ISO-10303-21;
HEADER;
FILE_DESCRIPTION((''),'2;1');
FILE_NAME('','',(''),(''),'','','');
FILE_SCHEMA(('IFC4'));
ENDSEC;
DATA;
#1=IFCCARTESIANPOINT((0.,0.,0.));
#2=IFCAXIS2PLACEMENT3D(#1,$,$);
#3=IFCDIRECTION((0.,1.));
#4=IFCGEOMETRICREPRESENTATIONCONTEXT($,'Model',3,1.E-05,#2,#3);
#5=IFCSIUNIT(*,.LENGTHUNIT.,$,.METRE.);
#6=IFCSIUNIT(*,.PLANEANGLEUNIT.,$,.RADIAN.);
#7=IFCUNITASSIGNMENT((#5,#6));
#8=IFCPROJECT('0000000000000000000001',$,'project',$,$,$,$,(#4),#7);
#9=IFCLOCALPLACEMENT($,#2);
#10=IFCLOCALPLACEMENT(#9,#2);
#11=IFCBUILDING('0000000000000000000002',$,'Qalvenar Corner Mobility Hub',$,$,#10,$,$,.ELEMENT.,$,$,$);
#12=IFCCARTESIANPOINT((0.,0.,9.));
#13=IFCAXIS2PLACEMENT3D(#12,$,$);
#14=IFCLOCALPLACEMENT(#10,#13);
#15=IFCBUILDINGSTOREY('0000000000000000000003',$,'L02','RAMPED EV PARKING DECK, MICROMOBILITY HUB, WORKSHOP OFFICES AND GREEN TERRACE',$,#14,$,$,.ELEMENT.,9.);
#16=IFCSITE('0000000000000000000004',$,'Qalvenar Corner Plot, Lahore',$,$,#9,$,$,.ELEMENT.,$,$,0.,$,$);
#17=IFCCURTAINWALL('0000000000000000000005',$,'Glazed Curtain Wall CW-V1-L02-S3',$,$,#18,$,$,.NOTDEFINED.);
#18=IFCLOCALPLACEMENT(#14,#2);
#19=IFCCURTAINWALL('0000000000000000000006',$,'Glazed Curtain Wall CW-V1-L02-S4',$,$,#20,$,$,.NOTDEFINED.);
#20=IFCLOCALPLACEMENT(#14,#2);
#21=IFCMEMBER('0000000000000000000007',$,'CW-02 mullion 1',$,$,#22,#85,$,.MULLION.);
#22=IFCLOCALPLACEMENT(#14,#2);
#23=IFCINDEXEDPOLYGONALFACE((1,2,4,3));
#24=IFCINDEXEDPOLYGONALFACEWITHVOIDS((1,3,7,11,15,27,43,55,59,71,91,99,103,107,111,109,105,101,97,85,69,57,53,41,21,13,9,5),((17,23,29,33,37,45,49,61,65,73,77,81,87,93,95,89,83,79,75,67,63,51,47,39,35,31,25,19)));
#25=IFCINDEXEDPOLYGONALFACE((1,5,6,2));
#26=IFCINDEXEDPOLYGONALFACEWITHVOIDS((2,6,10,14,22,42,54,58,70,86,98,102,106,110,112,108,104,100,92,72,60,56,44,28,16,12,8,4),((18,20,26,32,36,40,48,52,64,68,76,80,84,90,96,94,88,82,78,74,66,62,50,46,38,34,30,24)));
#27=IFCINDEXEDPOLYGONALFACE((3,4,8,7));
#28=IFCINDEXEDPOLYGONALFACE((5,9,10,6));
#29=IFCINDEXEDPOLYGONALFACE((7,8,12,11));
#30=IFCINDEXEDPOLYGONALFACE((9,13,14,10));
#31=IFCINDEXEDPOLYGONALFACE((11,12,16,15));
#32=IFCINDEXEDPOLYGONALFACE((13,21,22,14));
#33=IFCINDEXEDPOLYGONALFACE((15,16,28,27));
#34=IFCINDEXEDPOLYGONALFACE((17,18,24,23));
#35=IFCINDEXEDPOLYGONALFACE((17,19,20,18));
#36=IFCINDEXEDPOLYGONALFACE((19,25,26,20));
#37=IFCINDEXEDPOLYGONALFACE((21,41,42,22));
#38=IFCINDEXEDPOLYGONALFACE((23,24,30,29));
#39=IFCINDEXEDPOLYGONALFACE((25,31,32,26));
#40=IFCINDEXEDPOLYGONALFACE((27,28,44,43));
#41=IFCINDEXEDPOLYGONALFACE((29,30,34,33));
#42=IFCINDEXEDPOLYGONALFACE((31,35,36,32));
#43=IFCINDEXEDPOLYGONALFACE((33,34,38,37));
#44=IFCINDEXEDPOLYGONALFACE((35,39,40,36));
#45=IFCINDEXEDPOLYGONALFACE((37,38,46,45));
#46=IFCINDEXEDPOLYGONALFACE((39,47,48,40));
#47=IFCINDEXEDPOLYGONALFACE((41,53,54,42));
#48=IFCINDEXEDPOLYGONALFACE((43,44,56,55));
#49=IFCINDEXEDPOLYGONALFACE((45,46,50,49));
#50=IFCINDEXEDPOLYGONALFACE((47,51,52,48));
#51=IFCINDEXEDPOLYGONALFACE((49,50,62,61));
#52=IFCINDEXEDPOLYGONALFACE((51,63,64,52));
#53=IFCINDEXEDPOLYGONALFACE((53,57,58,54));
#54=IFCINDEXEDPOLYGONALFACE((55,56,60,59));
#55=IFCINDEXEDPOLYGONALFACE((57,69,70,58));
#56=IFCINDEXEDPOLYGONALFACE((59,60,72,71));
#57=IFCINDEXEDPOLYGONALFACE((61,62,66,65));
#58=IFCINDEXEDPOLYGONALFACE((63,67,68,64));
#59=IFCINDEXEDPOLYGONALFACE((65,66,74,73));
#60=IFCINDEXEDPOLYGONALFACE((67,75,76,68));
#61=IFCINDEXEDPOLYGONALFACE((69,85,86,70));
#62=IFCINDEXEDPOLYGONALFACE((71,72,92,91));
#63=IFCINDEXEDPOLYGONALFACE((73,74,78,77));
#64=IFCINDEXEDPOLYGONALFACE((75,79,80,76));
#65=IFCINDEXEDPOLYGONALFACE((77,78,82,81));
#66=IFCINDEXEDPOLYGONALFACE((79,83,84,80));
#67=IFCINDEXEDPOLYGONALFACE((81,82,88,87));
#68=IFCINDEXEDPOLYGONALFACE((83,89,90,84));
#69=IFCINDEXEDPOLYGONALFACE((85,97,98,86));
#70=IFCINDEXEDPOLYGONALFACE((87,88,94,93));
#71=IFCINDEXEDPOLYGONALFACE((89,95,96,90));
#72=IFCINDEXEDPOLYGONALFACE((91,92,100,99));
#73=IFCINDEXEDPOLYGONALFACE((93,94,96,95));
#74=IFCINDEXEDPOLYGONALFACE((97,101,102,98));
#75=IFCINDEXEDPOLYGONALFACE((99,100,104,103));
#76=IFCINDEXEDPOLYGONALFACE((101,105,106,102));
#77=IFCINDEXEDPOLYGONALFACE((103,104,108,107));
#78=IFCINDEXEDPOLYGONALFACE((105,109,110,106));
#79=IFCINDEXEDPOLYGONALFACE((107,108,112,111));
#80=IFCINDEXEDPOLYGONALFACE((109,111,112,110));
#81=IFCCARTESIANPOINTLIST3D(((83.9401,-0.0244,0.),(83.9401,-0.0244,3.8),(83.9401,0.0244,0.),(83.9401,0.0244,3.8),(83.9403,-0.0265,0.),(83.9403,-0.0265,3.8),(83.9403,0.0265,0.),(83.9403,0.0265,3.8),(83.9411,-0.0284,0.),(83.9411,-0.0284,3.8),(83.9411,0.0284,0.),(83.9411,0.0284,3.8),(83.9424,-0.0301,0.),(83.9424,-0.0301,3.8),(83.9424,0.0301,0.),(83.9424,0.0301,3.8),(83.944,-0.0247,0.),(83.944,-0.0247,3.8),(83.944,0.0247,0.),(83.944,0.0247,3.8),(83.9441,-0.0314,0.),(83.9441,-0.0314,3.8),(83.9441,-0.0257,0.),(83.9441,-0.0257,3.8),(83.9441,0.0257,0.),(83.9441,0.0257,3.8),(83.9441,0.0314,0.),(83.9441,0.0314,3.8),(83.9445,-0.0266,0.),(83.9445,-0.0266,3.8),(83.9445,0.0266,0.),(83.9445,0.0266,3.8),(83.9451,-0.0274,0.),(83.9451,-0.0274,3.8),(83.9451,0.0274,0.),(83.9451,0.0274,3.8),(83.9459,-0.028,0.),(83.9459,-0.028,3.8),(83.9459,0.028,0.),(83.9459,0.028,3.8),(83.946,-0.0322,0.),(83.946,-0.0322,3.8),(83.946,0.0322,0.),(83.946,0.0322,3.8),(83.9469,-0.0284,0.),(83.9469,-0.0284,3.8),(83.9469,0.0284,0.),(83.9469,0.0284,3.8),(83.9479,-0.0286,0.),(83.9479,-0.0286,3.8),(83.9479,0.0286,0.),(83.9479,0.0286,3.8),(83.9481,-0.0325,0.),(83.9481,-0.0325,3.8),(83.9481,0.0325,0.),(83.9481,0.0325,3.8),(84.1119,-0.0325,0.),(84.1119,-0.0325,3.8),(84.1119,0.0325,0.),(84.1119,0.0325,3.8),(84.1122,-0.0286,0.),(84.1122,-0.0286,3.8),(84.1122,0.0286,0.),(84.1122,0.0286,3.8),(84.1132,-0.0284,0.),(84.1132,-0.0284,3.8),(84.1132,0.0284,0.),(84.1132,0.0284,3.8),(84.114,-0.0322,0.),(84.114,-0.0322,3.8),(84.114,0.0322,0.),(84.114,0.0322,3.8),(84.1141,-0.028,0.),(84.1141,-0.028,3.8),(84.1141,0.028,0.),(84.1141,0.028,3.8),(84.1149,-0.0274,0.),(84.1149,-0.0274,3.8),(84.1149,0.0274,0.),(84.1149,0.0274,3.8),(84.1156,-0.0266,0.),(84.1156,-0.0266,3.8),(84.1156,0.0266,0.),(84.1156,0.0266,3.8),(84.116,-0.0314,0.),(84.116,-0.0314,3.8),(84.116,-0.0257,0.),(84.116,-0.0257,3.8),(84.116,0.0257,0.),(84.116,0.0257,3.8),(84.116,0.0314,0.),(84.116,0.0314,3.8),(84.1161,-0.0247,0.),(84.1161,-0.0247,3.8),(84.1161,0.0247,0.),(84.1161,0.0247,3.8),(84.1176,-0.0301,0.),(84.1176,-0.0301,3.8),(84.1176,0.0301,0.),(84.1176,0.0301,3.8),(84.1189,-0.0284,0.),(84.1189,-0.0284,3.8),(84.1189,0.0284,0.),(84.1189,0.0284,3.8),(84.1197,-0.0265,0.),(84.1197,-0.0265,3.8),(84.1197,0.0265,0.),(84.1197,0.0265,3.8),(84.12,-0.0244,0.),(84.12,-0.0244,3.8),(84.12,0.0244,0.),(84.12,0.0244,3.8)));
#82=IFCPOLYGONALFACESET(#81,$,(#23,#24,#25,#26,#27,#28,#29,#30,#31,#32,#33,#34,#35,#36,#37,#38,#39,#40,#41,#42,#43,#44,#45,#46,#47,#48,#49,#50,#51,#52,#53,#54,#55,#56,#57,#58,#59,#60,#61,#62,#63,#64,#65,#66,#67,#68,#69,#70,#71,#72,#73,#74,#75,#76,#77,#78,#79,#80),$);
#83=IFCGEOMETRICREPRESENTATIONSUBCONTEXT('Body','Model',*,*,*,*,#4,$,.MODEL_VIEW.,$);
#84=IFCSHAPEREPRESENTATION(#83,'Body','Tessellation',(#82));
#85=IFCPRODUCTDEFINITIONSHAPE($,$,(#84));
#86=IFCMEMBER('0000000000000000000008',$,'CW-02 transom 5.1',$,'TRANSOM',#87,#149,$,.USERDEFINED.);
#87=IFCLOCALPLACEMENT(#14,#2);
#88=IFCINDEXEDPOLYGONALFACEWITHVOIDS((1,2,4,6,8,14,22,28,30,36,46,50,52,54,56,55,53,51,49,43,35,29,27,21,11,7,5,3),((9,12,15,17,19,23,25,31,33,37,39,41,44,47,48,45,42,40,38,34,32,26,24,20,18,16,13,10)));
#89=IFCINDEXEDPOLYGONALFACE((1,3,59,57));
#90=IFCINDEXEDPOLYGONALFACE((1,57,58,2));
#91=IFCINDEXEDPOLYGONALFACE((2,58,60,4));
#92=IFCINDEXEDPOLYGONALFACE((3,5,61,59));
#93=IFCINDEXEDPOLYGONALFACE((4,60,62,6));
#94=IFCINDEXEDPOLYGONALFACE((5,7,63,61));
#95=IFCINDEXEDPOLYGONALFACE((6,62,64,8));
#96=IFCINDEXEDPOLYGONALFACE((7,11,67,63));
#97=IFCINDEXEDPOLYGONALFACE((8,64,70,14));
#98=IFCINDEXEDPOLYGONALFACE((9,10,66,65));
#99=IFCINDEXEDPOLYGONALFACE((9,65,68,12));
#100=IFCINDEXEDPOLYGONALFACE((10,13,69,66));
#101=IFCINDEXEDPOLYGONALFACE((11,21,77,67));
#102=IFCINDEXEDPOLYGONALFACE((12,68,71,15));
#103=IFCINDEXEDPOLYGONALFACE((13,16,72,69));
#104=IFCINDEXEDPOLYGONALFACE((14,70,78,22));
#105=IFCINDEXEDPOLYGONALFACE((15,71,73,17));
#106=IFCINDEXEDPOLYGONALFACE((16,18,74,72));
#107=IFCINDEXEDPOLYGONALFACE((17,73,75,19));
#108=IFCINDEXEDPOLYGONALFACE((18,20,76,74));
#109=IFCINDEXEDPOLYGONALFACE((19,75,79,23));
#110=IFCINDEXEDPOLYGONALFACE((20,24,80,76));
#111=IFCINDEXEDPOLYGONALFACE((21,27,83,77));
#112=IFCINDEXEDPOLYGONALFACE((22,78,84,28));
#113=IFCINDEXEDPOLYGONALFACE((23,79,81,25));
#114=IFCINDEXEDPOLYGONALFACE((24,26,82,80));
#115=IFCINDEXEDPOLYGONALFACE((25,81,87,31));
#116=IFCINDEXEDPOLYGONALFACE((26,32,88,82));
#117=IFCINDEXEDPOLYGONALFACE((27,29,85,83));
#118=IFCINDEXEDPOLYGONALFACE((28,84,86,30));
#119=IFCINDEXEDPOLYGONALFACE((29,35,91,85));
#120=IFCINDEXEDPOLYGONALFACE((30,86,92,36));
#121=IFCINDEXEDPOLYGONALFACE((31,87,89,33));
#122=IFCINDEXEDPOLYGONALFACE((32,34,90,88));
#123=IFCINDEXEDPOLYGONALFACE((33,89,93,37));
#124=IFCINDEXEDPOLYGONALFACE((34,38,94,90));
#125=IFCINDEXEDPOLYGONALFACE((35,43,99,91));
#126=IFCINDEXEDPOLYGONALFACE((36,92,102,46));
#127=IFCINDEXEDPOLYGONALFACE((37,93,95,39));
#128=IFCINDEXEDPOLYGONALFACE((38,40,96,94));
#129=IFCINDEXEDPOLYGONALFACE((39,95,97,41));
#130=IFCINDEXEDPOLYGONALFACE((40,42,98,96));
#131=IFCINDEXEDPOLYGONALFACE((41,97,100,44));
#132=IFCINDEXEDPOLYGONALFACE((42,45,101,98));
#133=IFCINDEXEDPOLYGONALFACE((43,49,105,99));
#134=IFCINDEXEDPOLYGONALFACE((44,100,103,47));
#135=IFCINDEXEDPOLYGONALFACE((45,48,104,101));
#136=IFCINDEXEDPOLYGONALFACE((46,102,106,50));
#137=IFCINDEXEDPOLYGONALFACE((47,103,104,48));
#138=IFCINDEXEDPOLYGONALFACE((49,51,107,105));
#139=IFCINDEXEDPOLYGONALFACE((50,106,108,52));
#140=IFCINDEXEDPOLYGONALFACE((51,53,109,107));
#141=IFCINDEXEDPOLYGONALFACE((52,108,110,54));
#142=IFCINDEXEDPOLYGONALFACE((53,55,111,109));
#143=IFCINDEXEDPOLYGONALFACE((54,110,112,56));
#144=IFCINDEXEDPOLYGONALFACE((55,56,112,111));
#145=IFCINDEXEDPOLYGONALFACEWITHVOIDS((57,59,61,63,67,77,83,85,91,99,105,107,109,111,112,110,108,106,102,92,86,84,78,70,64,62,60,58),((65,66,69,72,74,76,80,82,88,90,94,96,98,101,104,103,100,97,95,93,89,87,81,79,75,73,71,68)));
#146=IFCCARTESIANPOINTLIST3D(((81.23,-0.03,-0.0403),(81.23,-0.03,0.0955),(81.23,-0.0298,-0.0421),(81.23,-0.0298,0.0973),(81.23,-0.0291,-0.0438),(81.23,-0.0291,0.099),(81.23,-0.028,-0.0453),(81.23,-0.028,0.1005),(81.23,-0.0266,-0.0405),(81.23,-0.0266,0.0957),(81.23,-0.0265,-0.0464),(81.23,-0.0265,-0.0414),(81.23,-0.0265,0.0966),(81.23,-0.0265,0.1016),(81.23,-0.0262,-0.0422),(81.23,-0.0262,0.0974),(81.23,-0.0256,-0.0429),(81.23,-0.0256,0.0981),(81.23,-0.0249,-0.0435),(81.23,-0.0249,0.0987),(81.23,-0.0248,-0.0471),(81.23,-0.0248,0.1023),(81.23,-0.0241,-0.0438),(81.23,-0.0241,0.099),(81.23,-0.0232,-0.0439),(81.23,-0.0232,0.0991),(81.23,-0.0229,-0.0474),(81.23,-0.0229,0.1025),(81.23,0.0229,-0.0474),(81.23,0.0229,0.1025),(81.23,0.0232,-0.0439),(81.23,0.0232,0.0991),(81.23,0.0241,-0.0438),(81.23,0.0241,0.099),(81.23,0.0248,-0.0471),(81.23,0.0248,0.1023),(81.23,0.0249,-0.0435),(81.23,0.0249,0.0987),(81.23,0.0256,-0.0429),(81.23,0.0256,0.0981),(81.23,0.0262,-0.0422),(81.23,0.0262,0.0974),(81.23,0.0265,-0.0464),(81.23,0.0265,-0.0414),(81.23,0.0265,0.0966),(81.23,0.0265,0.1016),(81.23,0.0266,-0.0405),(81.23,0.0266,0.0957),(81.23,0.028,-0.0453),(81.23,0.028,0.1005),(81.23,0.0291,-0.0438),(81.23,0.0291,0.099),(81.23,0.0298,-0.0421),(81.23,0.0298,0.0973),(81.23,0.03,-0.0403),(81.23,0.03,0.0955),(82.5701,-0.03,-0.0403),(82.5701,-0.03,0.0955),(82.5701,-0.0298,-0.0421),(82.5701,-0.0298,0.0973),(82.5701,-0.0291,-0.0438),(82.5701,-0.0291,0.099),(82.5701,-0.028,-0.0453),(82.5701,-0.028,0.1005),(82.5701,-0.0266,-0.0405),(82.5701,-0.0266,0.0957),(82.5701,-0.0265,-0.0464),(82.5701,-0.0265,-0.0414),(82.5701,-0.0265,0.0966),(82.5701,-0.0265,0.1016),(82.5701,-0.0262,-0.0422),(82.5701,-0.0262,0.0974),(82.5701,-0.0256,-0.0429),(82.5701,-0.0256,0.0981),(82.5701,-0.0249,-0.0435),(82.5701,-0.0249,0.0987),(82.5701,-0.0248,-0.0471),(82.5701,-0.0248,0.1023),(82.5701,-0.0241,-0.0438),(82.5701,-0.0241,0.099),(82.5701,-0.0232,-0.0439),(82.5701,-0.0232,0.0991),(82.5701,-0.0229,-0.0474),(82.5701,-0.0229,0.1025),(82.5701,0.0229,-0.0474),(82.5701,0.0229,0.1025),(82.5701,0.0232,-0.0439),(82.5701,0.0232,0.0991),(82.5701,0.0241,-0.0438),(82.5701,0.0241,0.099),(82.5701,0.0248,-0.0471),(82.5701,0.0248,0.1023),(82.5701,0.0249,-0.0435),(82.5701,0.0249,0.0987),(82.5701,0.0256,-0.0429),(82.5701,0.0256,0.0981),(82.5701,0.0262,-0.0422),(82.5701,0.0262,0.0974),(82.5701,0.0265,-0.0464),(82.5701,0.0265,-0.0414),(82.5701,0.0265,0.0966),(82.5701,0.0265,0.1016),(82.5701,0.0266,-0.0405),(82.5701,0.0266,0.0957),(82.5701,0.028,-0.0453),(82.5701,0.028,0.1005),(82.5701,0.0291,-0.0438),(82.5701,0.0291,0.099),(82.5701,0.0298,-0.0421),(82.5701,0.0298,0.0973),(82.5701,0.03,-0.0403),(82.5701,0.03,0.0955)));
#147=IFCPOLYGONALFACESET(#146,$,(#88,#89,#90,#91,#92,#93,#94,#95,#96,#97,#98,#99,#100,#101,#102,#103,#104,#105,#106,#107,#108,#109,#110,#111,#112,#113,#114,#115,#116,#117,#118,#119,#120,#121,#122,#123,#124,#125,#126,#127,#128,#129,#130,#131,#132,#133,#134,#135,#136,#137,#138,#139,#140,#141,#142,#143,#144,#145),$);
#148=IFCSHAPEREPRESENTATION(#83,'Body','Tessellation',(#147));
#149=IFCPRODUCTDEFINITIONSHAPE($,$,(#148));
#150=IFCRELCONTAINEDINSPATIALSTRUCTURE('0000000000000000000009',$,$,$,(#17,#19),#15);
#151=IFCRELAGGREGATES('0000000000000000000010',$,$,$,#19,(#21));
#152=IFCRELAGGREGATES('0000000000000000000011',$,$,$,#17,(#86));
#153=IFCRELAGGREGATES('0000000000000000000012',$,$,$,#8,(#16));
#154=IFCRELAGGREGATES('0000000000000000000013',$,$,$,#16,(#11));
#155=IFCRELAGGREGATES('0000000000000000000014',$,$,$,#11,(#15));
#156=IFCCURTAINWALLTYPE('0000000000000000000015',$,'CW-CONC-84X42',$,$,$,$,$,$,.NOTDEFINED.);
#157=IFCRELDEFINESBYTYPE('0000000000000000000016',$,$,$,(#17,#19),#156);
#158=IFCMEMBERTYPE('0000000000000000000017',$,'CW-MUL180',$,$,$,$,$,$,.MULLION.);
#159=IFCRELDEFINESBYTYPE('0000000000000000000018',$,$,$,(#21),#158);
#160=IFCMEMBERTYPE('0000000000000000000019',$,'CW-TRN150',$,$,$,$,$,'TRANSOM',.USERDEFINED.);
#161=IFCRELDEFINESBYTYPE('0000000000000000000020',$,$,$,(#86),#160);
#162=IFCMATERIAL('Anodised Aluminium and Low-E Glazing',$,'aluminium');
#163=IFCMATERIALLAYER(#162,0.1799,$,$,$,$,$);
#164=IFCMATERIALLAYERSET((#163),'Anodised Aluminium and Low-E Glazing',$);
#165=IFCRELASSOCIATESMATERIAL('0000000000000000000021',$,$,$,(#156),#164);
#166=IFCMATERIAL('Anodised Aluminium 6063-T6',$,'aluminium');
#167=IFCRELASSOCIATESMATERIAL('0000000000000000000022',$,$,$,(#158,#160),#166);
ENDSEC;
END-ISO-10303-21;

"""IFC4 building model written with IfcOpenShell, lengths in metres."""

from ifc_helpers import new_model, si_unit, direction, frame, origin, origin_2d, place, context, subcontext, project, spatial, hollow_rectangle, extrude, material, layer, layer_set, material_profile, profile_set, type_object, element, aggregate, save


model = new_model("IFC4")

# Units and contexts
model_context = context("Model", 3, precision=1e-05, world=origin(), true_north=direction((0.0, 1.0)))
body_context = subcontext(model_context, "Body", "Model", "MODEL_VIEW")
ifc_project = project(units=[si_unit("LENGTHUNIT", "METRE"), si_unit("PLANEANGLEUNIT", "RADIAN")], contexts=[model_context])

# Site, building, storey
site_placement = place(None, origin())
site = spatial("IfcSite", under=ifc_project, at=site_placement, Name="Qalvenar Corner Plot, Lahore", CompositionType="ELEMENT", RefElevation=0.0)
building_placement = place(site_placement, origin())
building = spatial("IfcBuilding", under=site, at=building_placement, Name="Qalvenar Corner Mobility Hub", CompositionType="ELEMENT")
storey_placement = place(building_placement, frame((0.0, 0.0, 9.0)))
storey = spatial("IfcBuildingStorey", under=building, at=storey_placement, Name="L02", Description="RAMPED EV PARKING DECK, MICROMOBILITY HUB, WORKSHOP OFFICES AND GREEN TERRACE", CompositionType="ELEMENT", Elevation=9.0)

# Curtain wall
ifc_material_1 = material(Name="Anodised Aluminium and Low-E Glazing", Category="aluminium")
ifc_layer_1 = layer(ifc_material_1, 0.1799)
ifc_layer_set_1 = layer_set([ifc_layer_1], Name="Anodised Aluminium and Low-E Glazing")
curtain_wall_type = type_object("IfcCurtainWallType", Name="CW-CONC-84X42", PredefinedType="NOTDEFINED", material=ifc_layer_set_1)
curtain_wall_1_placement = place(storey_placement, origin())
curtain_wall_1 = element("IfcCurtainWall", 1, at=curtain_wall_1_placement, inside=storey, type_object=curtain_wall_type, Name="Glazed Curtain Wall CW-V1-L02-S3", PredefinedType="NOTDEFINED")
ifc_material_2 = material(Name="Anodised Aluminium 6063-T6", Category="aluminium")
ifc_material_profile_1 = material_profile(ifc_material_2, hollow_rectangle(XDim=0.0649, YDim=0.1799, WallThickness=0.0039, InnerFilletRadius=0.0039, OuterFilletRadius=0.0081, at=origin_2d()), Name="RHS180x65x4")
ifc_profile_set_1 = profile_set([ifc_material_profile_1], Name="Anodised Aluminium 6063-T6")
member_type_1 = type_object("IfcMemberType", Name="CW-MUL180", PredefinedType="MULLION", material=ifc_profile_set_1)

# Curtain wall, member
curtain_wall_2_placement = place(storey_placement, origin())
curtain_wall_2 = element("IfcCurtainWall", 2, at=curtain_wall_2_placement, inside=storey, type_object=curtain_wall_type, Name="Glazed Curtain Wall CW-V1-L02-S4", PredefinedType="NOTDEFINED")
member_1_placement = place(storey_placement, frame((84.03, 0.0, 0.0), z_axis=(0.0, 0.0, 1.0), x_axis=(0.0, 1.0, 0.0)))
member_1 = element("IfcMember", 3, at=member_1_placement, type_object=member_type_1, Name="CW-02 mullion 1", PredefinedType="MULLION", context=body_context, shape_type="SweptSolid", body=[
    extrude(hollow_rectangle(XDim=0.0649, YDim=0.1799, WallThickness=0.0039, InnerFilletRadius=0.0039, OuterFilletRadius=0.0081, at=origin_2d()), origin(), (0.0, 0.0, 1.0), 3.8),
])

# Member
ifc_material_profile_2 = material_profile(ifc_material_2, hollow_rectangle(XDim=0.0601, YDim=0.1499, WallThickness=0.0034, InnerFilletRadius=0.0034, OuterFilletRadius=0.0071, at=origin_2d()), Name="RHS150x60x3.5")
ifc_profile_set_2 = profile_set([ifc_material_profile_2], Name="Anodised Aluminium 6063-T6")
member_type_2 = type_object("IfcMemberType", Name="CW-TRN150", ElementType="TRANSOM", PredefinedType="USERDEFINED", material=ifc_profile_set_2)
member_2_placement = place(storey_placement, frame((81.23, 0.0, 0.0276), z_axis=(1.0, 0.0, 0.0), x_axis=(0.0, 1.0, 0.0)))
member_2 = element("IfcMember", 4, at=member_2_placement, type_object=member_type_2, Name="CW-02 transom 5.1", ObjectType="TRANSOM", PredefinedType="USERDEFINED", context=body_context, shape_type="SweptSolid", body=[
    extrude(hollow_rectangle(XDim=0.0601, YDim=0.1499, WallThickness=0.0034, InnerFilletRadius=0.0034, OuterFilletRadius=0.0071, at=origin_2d()), origin(), (0.0, 0.0, 1.0), 1.3401),
])
aggregate(curtain_wall_2, [member_1])

aggregate(curtain_wall_1, [member_2])

save(model, "model.ifc")
